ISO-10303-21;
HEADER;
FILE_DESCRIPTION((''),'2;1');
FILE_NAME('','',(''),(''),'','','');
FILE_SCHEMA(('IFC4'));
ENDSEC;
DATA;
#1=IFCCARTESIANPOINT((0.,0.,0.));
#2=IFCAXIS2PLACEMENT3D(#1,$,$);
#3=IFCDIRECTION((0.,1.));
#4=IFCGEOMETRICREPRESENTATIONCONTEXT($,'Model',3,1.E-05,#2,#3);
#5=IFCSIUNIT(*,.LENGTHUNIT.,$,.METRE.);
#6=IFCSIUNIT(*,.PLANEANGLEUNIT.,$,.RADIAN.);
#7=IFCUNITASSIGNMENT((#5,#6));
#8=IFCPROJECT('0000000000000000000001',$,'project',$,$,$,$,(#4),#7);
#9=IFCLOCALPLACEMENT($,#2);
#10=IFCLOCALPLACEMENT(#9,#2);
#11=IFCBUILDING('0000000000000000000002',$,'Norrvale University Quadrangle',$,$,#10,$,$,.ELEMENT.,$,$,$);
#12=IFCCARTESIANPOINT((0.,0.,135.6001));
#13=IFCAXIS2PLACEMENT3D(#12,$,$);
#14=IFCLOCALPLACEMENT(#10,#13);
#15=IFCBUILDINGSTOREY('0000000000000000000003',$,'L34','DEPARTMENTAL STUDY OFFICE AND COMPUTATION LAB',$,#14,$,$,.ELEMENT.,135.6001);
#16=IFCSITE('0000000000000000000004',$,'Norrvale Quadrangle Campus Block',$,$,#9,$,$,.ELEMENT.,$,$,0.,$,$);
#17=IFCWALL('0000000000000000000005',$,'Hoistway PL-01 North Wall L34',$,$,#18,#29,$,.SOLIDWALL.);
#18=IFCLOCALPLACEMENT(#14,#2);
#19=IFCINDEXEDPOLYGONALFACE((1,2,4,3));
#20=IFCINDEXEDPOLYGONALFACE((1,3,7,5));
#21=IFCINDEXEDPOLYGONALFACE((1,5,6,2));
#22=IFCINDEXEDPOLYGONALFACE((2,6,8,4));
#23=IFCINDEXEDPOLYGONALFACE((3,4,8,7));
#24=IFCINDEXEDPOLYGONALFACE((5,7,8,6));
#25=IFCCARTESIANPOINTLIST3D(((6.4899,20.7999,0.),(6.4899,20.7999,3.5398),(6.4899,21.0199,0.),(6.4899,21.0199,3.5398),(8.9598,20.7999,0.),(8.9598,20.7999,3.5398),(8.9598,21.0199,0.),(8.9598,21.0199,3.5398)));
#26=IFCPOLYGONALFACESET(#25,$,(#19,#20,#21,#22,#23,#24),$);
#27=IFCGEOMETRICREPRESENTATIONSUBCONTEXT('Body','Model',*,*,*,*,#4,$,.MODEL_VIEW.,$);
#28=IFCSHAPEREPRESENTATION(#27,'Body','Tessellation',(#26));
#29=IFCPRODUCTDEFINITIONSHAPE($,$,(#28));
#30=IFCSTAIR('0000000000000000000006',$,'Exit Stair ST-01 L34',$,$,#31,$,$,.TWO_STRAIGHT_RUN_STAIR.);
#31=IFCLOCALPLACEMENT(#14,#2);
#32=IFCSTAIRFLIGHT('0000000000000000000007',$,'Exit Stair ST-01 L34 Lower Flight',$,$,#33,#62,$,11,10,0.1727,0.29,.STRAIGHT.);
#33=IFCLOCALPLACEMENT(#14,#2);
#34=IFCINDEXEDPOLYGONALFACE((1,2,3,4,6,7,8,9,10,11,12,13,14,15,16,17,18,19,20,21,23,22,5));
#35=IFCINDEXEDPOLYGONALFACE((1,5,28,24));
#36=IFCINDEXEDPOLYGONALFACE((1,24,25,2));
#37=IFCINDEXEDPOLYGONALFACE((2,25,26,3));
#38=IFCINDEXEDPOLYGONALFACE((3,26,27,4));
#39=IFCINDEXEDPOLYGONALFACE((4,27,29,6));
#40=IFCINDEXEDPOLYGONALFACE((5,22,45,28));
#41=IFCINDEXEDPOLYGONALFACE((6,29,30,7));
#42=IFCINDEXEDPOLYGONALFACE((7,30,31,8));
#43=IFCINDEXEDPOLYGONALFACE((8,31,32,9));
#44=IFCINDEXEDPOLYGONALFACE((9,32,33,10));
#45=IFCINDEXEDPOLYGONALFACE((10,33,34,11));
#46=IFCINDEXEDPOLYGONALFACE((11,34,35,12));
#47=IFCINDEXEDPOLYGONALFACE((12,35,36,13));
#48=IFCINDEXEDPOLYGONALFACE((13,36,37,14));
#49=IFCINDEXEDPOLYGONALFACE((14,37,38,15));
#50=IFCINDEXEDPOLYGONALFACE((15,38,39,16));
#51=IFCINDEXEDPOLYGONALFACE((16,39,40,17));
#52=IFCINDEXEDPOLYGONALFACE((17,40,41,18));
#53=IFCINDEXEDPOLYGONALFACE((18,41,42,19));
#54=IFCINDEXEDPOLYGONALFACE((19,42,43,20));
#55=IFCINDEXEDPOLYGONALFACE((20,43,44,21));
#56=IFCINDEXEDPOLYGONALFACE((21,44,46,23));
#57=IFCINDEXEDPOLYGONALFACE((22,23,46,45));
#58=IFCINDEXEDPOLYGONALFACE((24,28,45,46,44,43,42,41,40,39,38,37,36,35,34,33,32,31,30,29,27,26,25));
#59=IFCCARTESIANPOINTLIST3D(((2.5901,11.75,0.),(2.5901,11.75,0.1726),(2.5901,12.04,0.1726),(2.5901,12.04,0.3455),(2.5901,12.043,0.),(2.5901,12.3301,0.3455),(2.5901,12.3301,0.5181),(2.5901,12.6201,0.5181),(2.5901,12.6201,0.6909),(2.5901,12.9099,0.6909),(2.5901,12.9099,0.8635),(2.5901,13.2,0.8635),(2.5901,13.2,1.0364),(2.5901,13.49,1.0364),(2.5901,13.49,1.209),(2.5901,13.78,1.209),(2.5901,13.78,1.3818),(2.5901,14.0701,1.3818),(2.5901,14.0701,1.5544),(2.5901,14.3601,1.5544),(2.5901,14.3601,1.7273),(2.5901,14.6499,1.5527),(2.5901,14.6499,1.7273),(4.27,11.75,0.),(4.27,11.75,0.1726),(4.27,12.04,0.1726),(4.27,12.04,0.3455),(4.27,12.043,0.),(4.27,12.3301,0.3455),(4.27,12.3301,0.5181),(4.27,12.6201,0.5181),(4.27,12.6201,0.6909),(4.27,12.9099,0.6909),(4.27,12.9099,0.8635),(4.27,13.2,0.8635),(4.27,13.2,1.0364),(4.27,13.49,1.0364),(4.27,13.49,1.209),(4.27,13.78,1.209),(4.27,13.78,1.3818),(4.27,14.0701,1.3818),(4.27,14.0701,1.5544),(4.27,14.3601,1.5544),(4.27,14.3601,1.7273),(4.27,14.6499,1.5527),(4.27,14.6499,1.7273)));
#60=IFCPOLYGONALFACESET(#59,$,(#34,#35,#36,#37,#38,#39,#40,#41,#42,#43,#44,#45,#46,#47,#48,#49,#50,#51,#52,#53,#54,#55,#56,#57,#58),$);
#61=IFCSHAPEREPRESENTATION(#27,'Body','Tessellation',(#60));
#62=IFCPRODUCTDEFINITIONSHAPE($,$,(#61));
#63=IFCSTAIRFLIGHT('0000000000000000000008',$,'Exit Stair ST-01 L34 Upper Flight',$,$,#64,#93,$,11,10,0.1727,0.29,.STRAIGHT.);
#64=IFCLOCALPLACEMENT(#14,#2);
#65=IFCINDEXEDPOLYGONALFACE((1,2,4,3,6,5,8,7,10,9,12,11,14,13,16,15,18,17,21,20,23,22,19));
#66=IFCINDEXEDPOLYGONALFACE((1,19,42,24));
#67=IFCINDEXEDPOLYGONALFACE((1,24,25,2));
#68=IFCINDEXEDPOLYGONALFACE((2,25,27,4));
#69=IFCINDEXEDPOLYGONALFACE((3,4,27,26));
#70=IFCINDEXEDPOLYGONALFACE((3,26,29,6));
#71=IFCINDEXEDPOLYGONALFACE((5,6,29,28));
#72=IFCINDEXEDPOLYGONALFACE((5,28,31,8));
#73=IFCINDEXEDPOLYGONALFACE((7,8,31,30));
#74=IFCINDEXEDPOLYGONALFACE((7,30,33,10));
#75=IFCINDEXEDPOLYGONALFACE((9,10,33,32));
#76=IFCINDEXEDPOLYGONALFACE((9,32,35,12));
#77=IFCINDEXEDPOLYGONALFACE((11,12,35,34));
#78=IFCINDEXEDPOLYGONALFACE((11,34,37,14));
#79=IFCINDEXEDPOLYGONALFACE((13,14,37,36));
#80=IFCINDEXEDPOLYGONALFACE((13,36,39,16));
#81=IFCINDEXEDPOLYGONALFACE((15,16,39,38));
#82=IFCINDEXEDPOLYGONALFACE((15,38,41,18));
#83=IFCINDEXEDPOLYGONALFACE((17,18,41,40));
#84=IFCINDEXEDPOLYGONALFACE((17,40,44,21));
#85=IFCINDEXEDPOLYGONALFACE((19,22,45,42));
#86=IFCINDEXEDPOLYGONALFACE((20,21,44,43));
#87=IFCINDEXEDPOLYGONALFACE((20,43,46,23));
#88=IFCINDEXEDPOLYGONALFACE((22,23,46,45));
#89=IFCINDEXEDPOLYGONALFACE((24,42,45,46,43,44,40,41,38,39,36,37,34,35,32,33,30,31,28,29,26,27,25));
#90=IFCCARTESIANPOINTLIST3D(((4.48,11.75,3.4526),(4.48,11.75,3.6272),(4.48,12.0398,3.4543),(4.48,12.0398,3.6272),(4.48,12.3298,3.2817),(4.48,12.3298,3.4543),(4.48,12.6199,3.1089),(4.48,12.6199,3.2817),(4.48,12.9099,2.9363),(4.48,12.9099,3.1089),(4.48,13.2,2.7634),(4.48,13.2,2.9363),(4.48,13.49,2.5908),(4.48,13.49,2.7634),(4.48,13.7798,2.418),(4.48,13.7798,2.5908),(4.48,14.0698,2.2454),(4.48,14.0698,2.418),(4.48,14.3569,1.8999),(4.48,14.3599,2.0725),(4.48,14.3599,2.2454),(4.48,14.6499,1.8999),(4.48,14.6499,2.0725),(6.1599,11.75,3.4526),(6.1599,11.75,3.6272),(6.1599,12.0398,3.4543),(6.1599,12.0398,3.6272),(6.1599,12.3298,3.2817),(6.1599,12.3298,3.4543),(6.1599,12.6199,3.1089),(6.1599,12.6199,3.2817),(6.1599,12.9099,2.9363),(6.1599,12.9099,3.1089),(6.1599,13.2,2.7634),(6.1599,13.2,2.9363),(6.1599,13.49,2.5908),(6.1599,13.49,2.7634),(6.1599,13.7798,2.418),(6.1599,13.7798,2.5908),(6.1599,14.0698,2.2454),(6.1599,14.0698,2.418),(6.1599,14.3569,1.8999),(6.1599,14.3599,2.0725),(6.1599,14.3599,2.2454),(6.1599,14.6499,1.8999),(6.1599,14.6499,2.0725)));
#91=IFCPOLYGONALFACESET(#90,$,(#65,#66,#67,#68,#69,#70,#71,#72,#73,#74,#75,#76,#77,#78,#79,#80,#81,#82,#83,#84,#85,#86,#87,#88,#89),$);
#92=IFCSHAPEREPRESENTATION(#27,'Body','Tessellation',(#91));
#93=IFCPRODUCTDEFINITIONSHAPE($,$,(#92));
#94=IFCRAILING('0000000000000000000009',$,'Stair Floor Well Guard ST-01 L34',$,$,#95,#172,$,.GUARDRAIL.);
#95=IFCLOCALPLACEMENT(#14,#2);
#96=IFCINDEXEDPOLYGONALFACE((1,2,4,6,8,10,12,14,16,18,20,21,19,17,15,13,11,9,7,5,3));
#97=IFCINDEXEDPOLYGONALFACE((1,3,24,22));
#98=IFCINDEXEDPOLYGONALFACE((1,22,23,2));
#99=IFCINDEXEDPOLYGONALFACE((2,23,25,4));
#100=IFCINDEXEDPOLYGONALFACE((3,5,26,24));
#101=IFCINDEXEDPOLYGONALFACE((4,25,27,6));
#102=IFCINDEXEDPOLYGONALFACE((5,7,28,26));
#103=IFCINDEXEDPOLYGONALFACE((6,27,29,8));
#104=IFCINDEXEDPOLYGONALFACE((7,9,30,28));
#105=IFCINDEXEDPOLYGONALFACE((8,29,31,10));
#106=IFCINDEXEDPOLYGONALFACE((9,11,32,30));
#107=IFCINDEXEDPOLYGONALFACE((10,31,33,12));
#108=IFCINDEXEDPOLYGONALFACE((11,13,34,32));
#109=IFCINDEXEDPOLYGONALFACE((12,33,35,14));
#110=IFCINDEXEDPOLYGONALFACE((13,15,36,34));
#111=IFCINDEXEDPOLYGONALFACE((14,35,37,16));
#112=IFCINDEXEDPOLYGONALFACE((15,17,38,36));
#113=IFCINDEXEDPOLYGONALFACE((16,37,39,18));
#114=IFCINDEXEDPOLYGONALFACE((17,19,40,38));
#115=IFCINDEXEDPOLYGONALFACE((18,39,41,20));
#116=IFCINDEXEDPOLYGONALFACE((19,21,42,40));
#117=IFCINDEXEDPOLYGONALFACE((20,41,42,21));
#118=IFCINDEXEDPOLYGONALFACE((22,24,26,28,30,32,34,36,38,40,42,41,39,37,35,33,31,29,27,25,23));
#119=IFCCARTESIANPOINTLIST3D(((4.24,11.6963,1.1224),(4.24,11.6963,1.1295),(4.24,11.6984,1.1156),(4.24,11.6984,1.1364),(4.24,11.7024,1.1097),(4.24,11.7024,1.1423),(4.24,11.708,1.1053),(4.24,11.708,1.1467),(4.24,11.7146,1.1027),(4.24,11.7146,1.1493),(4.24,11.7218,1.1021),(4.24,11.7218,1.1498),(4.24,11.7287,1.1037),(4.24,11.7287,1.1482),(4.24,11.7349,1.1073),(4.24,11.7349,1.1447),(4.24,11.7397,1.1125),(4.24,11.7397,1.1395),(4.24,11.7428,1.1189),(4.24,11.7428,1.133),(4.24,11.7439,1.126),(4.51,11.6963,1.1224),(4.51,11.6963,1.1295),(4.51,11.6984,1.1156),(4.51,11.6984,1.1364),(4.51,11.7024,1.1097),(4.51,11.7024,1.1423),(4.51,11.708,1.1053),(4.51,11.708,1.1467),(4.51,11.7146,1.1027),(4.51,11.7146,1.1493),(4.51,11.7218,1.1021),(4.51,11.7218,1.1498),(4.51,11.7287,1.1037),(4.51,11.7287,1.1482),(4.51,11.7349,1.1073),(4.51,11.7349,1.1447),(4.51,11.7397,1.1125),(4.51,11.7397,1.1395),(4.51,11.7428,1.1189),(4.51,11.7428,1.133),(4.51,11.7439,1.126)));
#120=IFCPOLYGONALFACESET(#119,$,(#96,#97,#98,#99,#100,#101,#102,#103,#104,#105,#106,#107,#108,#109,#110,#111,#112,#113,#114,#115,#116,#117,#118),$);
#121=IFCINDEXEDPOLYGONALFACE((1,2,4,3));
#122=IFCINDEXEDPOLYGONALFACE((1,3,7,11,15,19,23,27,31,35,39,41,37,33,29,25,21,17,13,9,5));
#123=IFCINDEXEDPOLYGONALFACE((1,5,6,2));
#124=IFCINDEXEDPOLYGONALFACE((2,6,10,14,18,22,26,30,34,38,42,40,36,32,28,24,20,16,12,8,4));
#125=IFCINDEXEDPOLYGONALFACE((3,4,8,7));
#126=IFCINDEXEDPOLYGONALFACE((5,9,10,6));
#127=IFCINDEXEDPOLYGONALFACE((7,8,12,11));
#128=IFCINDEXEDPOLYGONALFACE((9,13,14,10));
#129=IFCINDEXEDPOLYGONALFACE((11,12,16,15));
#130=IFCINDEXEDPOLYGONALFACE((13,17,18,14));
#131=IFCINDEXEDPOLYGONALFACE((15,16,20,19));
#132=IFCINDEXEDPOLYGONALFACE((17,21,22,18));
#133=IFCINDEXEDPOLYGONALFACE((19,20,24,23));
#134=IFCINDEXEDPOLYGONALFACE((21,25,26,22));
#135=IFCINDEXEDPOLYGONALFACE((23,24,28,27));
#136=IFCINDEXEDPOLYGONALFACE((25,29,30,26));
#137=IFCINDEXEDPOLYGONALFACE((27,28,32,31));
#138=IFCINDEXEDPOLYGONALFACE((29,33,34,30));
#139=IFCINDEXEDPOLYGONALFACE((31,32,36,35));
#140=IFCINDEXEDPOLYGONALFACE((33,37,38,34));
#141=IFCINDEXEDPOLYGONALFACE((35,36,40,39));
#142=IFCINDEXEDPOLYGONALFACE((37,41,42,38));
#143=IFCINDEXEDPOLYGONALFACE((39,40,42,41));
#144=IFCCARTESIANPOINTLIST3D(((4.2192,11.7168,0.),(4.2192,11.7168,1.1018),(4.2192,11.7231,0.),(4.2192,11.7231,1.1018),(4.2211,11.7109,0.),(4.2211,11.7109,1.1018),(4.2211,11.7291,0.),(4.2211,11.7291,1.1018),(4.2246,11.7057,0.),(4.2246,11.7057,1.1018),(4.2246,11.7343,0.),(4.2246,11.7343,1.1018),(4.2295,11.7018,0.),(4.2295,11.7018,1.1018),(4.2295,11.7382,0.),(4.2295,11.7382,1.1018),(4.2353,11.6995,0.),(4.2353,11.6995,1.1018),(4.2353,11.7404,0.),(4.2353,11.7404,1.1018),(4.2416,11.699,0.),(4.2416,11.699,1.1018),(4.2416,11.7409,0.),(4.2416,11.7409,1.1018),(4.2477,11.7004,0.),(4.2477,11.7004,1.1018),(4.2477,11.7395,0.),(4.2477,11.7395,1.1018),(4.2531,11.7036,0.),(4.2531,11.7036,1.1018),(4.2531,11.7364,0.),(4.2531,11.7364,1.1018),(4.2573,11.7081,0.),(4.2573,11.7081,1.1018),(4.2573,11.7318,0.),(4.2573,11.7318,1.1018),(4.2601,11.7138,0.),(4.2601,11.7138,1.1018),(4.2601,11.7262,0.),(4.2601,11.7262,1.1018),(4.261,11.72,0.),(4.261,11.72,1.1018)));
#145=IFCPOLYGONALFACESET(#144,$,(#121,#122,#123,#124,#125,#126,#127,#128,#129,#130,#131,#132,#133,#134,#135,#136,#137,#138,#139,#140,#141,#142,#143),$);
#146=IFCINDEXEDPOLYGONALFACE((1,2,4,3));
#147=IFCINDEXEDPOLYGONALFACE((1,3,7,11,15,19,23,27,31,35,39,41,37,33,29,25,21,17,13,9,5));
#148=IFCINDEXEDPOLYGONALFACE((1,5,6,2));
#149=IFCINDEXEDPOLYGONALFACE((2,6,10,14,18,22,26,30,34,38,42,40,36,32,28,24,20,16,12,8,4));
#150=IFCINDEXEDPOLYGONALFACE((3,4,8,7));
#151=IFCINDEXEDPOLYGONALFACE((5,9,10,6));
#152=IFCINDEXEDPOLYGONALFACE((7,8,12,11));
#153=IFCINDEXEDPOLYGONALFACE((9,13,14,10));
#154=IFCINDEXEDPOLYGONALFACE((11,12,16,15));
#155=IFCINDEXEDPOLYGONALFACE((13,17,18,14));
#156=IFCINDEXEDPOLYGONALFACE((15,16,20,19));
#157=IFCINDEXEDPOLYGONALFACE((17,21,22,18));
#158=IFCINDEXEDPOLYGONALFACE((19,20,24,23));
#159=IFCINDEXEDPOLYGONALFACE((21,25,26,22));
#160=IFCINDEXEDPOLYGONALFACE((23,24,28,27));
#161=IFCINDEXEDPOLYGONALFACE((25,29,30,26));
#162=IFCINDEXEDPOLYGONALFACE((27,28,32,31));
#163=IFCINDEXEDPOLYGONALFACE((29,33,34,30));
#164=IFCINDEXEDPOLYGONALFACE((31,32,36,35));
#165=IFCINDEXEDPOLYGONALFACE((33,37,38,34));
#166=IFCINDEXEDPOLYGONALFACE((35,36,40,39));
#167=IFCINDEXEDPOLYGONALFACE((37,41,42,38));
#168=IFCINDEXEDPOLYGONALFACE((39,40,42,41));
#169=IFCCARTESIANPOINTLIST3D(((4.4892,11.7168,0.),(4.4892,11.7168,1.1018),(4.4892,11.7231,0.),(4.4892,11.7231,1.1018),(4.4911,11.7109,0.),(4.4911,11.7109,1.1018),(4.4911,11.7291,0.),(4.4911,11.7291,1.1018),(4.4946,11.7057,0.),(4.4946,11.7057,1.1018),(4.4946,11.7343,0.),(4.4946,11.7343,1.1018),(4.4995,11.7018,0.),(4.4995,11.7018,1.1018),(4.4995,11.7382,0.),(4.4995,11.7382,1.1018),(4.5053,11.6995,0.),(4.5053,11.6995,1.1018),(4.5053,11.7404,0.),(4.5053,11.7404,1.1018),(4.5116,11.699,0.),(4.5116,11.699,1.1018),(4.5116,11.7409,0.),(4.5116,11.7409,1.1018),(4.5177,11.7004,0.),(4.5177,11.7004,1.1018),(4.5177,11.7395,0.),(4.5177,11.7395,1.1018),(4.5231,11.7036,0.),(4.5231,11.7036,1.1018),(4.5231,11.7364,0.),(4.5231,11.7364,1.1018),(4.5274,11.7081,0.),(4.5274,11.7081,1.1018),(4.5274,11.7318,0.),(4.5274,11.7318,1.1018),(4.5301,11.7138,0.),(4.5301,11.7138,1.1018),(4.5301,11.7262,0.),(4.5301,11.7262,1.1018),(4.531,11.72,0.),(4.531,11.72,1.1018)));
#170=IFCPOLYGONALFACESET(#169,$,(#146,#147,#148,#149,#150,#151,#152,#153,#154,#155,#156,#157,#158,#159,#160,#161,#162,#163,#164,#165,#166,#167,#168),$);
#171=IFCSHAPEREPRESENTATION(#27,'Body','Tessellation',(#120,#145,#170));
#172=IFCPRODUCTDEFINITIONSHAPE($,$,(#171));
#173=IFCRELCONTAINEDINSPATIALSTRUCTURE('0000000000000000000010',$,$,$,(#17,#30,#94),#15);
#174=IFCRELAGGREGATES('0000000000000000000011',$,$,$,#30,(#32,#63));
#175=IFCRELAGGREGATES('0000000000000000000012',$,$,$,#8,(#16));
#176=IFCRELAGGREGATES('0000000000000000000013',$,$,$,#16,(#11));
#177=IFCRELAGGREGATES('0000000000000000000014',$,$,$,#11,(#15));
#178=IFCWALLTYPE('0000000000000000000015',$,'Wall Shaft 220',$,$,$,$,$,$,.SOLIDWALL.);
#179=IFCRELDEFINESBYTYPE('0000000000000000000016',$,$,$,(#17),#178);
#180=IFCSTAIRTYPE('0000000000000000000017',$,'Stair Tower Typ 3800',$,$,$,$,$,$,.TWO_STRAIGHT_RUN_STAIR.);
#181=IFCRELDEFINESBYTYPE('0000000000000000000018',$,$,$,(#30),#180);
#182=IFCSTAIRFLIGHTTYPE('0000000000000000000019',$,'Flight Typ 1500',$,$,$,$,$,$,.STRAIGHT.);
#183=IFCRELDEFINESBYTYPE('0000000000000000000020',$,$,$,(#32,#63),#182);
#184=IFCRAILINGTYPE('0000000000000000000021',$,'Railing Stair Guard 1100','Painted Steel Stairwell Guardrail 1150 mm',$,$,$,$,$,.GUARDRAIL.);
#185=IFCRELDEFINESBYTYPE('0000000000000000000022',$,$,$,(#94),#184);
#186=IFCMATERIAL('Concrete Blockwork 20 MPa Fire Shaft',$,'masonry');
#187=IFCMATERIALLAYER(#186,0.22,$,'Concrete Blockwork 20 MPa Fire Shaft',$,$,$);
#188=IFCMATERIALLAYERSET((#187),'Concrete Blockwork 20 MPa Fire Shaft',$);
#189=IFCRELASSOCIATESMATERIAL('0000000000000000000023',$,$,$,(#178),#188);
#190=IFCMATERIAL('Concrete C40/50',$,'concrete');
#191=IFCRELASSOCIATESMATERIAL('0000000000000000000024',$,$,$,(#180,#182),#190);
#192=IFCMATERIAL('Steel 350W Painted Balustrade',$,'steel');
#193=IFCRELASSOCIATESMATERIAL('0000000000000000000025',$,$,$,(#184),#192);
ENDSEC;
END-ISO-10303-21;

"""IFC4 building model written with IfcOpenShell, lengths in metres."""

from ifc_helpers import new_model, si_unit, direction, frame, frame_2d, origin, origin_2d, place, context, subcontext, project, spatial, polyline, rectangle, circle, outline, extrude, material, layer, layer_set, type_object, element, aggregate, save


model = new_model("IFC4")

# Units and contexts
model_context = context("Model", 3, precision=1e-05, world=origin(), true_north=direction((0.0, 1.0)))
body_context = subcontext(model_context, "Body", "Model", "MODEL_VIEW")
ifc_project = project(units=[si_unit("LENGTHUNIT", "METRE"), si_unit("PLANEANGLEUNIT", "RADIAN")], contexts=[model_context])

# Site, building, storey
site_placement = place(None, origin())
site = spatial("IfcSite", under=ifc_project, at=site_placement, Name="Norrvale Quadrangle Campus Block", CompositionType="ELEMENT", RefElevation=0.0)
building_placement = place(site_placement, origin())
building = spatial("IfcBuilding", under=site, at=building_placement, Name="Norrvale University Quadrangle", CompositionType="ELEMENT")
storey_placement = place(building_placement, frame((0.0, 0.0, 135.6001)))
storey = spatial("IfcBuildingStorey", under=building, at=storey_placement, Name="L34", Description="DEPARTMENTAL STUDY OFFICE AND COMPUTATION LAB", CompositionType="ELEMENT", Elevation=135.6001)

# Wall
ifc_material_1 = material(Name="Concrete Blockwork 20 MPa Fire Shaft", Category="masonry")
ifc_layer_1 = layer(ifc_material_1, 0.22, Name="Concrete Blockwork 20 MPa Fire Shaft")
ifc_layer_set_1 = layer_set([ifc_layer_1], Name="Concrete Blockwork 20 MPa Fire Shaft")
wall_type_1 = type_object("IfcWallType", Name="Wall Shaft 220", PredefinedType="SOLIDWALL", material=ifc_layer_set_1)
for number, where, z_axis, x_axis, name in (
    (1, (6.49, 20.9099, 0.0), (0.0, 0.0, 1.0), (1.0, 0.0, 0.0), "Hoistway PL-01 North Wall L34"),
):
    element("IfcWall", number, at=place(storey_placement, frame(where, z_axis=z_axis, x_axis=x_axis)), inside=storey, type_object=wall_type_1, Name=name, PredefinedType="SOLIDWALL", context=body_context, shape_type="SweptSolid", body=[
        extrude(rectangle(XDim=2.47, YDim=0.22, at=frame_2d((1.2349, 0.0))), origin(), (0.0, 0.0, 1.0), 3.5398),
    ])

# Stair, stair flights
ifc_material_2 = material(Name="Concrete C40/50", Category="concrete")
stair_type = type_object("IfcStairType", Name="Stair Tower Typ 3800", PredefinedType="TWO_STRAIGHT_RUN_STAIR", material=ifc_material_2)
stair_placement = place(storey_placement, origin())
stair = element("IfcStair", 2, at=stair_placement, inside=storey, type_object=stair_type, Name="Exit Stair ST-01 L34", PredefinedType="TWO_STRAIGHT_RUN_STAIR")
stair_flight_type = type_object("IfcStairFlightType", Name="Flight Typ 1500", PredefinedType="STRAIGHT", material=ifc_material_2)
stair_flight_1_placement = place(storey_placement, frame((3.4299, 11.75, 0.0), z_axis=(0.0, 0.0, 1.0), x_axis=(0.0, 1.0, 0.0)))
stair_flight_1 = element("IfcStairFlight", 3, at=stair_flight_1_placement, type_object=stair_flight_type, Name="Exit Stair ST-01 L34 Lower Flight", NumberOfRisers=11, NumberOfTreads=10, PredefinedType="STRAIGHT", RiserHeight=0.1727, TreadLength=0.29, context=body_context, shape_type="SweptSolid", body=[
    extrude(outline(polyline([(0.0, 0.0), (0.0, 0.1726), (0.29, 0.1726), (0.29, 0.3455), (0.5801, 0.3455), (0.5801, 0.5181), (0.8701, 0.5181), (0.8701, 0.6909), (1.1599, 0.6909), (1.1599, 0.8635), (1.45, 0.8635), (1.45, 1.0364), (1.74, 1.0364), (1.74, 1.209), (2.03, 1.209), (2.03, 1.3818), (2.3201, 1.3818), (2.3201, 1.5544), (2.6101, 1.5544), (2.6101, 1.7273), (2.8999, 1.7273), (2.8999, 1.8999), (2.8999, 1.5527), (0.293, 0.0), (0.0, 0.0)])), frame((0.0, 0.8398, 0.0), z_axis=(0.0, -1.0, 0.0), x_axis=(1.0, 0.0, 0.0)), (0.0, 0.0, 1.0), 1.6799),
])
stair_flight_2_placement = place(storey_placement, frame((5.3201, 14.6499, 1.8999), z_axis=(0.0, 0.0, 1.0), x_axis=(0.0, -1.0, 0.0)))
stair_flight_2 = element("IfcStairFlight", 4, at=stair_flight_2_placement, type_object=stair_flight_type, Name="Exit Stair ST-01 L34 Upper Flight", NumberOfRisers=11, NumberOfTreads=10, PredefinedType="STRAIGHT", RiserHeight=0.1727, TreadLength=0.29, context=body_context, shape_type="SweptSolid", body=[
    extrude(outline(polyline([(0.0, 0.0), (0.0, 0.1726), (0.29, 0.1726), (0.29, 0.3455), (0.5801, 0.3455), (0.5801, 0.5181), (0.8701, 0.5181), (0.8701, 0.6909), (1.1599, 0.6909), (1.1599, 0.8635), (1.45, 0.8635), (1.45, 1.0364), (1.74, 1.0364), (1.74, 1.209), (2.03, 1.209), (2.03, 1.3818), (2.3201, 1.3818), (2.3201, 1.5544), (2.6101, 1.5544), (2.6101, 1.7273), (2.8999, 1.7273), (2.8999, 1.8999), (2.8999, 1.5527), (0.293, 0.0), (0.0, 0.0)])), frame((0.0, 0.8398, 0.0), z_axis=(0.0, -1.0, 0.0), x_axis=(1.0, 0.0, 0.0)), (0.0, 0.0, 1.0), 1.6799),
])
aggregate(stair, [stair_flight_1, stair_flight_2])

# Railing
ifc_material_3 = material(Name="Steel 350W Painted Balustrade", Category="steel")
railing_type_1 = type_object("IfcRailingType", Name="Railing Stair Guard 1100", Description="Painted Steel Stairwell Guardrail 1150 mm", PredefinedType="GUARDRAIL", material=ifc_material_3)
for number, where, name in (
    (5, (4.24, 11.72, 0.0), "Stair Floor Well Guard ST-01 L34"),
):
    element("IfcRailing", number, at=place(storey_placement, frame(where)), inside=storey, type_object=railing_type_1, Name=name, PredefinedType="GUARDRAIL", context=body_context, shape_type="SweptSolid", body=[
        extrude(circle(Radius=0.0239, at=origin_2d()), frame((0.0, 0.0, 1.126), z_axis=(1.0, 0.0, 0.0), x_axis=(0.0, 1.0, 0.0)), (0.0, 0.0, 1.0), 0.27),
        extrude(circle(Radius=0.021, at=origin_2d()), origin(), (0.0, 0.0, 1.0), 1.1018),
        extrude(circle(Radius=0.021, at=origin_2d()), frame((0.27, 0.0, 0.0)), (0.0, 0.0, 1.0), 1.1018),
    ])

save(model, "model.ifc")
